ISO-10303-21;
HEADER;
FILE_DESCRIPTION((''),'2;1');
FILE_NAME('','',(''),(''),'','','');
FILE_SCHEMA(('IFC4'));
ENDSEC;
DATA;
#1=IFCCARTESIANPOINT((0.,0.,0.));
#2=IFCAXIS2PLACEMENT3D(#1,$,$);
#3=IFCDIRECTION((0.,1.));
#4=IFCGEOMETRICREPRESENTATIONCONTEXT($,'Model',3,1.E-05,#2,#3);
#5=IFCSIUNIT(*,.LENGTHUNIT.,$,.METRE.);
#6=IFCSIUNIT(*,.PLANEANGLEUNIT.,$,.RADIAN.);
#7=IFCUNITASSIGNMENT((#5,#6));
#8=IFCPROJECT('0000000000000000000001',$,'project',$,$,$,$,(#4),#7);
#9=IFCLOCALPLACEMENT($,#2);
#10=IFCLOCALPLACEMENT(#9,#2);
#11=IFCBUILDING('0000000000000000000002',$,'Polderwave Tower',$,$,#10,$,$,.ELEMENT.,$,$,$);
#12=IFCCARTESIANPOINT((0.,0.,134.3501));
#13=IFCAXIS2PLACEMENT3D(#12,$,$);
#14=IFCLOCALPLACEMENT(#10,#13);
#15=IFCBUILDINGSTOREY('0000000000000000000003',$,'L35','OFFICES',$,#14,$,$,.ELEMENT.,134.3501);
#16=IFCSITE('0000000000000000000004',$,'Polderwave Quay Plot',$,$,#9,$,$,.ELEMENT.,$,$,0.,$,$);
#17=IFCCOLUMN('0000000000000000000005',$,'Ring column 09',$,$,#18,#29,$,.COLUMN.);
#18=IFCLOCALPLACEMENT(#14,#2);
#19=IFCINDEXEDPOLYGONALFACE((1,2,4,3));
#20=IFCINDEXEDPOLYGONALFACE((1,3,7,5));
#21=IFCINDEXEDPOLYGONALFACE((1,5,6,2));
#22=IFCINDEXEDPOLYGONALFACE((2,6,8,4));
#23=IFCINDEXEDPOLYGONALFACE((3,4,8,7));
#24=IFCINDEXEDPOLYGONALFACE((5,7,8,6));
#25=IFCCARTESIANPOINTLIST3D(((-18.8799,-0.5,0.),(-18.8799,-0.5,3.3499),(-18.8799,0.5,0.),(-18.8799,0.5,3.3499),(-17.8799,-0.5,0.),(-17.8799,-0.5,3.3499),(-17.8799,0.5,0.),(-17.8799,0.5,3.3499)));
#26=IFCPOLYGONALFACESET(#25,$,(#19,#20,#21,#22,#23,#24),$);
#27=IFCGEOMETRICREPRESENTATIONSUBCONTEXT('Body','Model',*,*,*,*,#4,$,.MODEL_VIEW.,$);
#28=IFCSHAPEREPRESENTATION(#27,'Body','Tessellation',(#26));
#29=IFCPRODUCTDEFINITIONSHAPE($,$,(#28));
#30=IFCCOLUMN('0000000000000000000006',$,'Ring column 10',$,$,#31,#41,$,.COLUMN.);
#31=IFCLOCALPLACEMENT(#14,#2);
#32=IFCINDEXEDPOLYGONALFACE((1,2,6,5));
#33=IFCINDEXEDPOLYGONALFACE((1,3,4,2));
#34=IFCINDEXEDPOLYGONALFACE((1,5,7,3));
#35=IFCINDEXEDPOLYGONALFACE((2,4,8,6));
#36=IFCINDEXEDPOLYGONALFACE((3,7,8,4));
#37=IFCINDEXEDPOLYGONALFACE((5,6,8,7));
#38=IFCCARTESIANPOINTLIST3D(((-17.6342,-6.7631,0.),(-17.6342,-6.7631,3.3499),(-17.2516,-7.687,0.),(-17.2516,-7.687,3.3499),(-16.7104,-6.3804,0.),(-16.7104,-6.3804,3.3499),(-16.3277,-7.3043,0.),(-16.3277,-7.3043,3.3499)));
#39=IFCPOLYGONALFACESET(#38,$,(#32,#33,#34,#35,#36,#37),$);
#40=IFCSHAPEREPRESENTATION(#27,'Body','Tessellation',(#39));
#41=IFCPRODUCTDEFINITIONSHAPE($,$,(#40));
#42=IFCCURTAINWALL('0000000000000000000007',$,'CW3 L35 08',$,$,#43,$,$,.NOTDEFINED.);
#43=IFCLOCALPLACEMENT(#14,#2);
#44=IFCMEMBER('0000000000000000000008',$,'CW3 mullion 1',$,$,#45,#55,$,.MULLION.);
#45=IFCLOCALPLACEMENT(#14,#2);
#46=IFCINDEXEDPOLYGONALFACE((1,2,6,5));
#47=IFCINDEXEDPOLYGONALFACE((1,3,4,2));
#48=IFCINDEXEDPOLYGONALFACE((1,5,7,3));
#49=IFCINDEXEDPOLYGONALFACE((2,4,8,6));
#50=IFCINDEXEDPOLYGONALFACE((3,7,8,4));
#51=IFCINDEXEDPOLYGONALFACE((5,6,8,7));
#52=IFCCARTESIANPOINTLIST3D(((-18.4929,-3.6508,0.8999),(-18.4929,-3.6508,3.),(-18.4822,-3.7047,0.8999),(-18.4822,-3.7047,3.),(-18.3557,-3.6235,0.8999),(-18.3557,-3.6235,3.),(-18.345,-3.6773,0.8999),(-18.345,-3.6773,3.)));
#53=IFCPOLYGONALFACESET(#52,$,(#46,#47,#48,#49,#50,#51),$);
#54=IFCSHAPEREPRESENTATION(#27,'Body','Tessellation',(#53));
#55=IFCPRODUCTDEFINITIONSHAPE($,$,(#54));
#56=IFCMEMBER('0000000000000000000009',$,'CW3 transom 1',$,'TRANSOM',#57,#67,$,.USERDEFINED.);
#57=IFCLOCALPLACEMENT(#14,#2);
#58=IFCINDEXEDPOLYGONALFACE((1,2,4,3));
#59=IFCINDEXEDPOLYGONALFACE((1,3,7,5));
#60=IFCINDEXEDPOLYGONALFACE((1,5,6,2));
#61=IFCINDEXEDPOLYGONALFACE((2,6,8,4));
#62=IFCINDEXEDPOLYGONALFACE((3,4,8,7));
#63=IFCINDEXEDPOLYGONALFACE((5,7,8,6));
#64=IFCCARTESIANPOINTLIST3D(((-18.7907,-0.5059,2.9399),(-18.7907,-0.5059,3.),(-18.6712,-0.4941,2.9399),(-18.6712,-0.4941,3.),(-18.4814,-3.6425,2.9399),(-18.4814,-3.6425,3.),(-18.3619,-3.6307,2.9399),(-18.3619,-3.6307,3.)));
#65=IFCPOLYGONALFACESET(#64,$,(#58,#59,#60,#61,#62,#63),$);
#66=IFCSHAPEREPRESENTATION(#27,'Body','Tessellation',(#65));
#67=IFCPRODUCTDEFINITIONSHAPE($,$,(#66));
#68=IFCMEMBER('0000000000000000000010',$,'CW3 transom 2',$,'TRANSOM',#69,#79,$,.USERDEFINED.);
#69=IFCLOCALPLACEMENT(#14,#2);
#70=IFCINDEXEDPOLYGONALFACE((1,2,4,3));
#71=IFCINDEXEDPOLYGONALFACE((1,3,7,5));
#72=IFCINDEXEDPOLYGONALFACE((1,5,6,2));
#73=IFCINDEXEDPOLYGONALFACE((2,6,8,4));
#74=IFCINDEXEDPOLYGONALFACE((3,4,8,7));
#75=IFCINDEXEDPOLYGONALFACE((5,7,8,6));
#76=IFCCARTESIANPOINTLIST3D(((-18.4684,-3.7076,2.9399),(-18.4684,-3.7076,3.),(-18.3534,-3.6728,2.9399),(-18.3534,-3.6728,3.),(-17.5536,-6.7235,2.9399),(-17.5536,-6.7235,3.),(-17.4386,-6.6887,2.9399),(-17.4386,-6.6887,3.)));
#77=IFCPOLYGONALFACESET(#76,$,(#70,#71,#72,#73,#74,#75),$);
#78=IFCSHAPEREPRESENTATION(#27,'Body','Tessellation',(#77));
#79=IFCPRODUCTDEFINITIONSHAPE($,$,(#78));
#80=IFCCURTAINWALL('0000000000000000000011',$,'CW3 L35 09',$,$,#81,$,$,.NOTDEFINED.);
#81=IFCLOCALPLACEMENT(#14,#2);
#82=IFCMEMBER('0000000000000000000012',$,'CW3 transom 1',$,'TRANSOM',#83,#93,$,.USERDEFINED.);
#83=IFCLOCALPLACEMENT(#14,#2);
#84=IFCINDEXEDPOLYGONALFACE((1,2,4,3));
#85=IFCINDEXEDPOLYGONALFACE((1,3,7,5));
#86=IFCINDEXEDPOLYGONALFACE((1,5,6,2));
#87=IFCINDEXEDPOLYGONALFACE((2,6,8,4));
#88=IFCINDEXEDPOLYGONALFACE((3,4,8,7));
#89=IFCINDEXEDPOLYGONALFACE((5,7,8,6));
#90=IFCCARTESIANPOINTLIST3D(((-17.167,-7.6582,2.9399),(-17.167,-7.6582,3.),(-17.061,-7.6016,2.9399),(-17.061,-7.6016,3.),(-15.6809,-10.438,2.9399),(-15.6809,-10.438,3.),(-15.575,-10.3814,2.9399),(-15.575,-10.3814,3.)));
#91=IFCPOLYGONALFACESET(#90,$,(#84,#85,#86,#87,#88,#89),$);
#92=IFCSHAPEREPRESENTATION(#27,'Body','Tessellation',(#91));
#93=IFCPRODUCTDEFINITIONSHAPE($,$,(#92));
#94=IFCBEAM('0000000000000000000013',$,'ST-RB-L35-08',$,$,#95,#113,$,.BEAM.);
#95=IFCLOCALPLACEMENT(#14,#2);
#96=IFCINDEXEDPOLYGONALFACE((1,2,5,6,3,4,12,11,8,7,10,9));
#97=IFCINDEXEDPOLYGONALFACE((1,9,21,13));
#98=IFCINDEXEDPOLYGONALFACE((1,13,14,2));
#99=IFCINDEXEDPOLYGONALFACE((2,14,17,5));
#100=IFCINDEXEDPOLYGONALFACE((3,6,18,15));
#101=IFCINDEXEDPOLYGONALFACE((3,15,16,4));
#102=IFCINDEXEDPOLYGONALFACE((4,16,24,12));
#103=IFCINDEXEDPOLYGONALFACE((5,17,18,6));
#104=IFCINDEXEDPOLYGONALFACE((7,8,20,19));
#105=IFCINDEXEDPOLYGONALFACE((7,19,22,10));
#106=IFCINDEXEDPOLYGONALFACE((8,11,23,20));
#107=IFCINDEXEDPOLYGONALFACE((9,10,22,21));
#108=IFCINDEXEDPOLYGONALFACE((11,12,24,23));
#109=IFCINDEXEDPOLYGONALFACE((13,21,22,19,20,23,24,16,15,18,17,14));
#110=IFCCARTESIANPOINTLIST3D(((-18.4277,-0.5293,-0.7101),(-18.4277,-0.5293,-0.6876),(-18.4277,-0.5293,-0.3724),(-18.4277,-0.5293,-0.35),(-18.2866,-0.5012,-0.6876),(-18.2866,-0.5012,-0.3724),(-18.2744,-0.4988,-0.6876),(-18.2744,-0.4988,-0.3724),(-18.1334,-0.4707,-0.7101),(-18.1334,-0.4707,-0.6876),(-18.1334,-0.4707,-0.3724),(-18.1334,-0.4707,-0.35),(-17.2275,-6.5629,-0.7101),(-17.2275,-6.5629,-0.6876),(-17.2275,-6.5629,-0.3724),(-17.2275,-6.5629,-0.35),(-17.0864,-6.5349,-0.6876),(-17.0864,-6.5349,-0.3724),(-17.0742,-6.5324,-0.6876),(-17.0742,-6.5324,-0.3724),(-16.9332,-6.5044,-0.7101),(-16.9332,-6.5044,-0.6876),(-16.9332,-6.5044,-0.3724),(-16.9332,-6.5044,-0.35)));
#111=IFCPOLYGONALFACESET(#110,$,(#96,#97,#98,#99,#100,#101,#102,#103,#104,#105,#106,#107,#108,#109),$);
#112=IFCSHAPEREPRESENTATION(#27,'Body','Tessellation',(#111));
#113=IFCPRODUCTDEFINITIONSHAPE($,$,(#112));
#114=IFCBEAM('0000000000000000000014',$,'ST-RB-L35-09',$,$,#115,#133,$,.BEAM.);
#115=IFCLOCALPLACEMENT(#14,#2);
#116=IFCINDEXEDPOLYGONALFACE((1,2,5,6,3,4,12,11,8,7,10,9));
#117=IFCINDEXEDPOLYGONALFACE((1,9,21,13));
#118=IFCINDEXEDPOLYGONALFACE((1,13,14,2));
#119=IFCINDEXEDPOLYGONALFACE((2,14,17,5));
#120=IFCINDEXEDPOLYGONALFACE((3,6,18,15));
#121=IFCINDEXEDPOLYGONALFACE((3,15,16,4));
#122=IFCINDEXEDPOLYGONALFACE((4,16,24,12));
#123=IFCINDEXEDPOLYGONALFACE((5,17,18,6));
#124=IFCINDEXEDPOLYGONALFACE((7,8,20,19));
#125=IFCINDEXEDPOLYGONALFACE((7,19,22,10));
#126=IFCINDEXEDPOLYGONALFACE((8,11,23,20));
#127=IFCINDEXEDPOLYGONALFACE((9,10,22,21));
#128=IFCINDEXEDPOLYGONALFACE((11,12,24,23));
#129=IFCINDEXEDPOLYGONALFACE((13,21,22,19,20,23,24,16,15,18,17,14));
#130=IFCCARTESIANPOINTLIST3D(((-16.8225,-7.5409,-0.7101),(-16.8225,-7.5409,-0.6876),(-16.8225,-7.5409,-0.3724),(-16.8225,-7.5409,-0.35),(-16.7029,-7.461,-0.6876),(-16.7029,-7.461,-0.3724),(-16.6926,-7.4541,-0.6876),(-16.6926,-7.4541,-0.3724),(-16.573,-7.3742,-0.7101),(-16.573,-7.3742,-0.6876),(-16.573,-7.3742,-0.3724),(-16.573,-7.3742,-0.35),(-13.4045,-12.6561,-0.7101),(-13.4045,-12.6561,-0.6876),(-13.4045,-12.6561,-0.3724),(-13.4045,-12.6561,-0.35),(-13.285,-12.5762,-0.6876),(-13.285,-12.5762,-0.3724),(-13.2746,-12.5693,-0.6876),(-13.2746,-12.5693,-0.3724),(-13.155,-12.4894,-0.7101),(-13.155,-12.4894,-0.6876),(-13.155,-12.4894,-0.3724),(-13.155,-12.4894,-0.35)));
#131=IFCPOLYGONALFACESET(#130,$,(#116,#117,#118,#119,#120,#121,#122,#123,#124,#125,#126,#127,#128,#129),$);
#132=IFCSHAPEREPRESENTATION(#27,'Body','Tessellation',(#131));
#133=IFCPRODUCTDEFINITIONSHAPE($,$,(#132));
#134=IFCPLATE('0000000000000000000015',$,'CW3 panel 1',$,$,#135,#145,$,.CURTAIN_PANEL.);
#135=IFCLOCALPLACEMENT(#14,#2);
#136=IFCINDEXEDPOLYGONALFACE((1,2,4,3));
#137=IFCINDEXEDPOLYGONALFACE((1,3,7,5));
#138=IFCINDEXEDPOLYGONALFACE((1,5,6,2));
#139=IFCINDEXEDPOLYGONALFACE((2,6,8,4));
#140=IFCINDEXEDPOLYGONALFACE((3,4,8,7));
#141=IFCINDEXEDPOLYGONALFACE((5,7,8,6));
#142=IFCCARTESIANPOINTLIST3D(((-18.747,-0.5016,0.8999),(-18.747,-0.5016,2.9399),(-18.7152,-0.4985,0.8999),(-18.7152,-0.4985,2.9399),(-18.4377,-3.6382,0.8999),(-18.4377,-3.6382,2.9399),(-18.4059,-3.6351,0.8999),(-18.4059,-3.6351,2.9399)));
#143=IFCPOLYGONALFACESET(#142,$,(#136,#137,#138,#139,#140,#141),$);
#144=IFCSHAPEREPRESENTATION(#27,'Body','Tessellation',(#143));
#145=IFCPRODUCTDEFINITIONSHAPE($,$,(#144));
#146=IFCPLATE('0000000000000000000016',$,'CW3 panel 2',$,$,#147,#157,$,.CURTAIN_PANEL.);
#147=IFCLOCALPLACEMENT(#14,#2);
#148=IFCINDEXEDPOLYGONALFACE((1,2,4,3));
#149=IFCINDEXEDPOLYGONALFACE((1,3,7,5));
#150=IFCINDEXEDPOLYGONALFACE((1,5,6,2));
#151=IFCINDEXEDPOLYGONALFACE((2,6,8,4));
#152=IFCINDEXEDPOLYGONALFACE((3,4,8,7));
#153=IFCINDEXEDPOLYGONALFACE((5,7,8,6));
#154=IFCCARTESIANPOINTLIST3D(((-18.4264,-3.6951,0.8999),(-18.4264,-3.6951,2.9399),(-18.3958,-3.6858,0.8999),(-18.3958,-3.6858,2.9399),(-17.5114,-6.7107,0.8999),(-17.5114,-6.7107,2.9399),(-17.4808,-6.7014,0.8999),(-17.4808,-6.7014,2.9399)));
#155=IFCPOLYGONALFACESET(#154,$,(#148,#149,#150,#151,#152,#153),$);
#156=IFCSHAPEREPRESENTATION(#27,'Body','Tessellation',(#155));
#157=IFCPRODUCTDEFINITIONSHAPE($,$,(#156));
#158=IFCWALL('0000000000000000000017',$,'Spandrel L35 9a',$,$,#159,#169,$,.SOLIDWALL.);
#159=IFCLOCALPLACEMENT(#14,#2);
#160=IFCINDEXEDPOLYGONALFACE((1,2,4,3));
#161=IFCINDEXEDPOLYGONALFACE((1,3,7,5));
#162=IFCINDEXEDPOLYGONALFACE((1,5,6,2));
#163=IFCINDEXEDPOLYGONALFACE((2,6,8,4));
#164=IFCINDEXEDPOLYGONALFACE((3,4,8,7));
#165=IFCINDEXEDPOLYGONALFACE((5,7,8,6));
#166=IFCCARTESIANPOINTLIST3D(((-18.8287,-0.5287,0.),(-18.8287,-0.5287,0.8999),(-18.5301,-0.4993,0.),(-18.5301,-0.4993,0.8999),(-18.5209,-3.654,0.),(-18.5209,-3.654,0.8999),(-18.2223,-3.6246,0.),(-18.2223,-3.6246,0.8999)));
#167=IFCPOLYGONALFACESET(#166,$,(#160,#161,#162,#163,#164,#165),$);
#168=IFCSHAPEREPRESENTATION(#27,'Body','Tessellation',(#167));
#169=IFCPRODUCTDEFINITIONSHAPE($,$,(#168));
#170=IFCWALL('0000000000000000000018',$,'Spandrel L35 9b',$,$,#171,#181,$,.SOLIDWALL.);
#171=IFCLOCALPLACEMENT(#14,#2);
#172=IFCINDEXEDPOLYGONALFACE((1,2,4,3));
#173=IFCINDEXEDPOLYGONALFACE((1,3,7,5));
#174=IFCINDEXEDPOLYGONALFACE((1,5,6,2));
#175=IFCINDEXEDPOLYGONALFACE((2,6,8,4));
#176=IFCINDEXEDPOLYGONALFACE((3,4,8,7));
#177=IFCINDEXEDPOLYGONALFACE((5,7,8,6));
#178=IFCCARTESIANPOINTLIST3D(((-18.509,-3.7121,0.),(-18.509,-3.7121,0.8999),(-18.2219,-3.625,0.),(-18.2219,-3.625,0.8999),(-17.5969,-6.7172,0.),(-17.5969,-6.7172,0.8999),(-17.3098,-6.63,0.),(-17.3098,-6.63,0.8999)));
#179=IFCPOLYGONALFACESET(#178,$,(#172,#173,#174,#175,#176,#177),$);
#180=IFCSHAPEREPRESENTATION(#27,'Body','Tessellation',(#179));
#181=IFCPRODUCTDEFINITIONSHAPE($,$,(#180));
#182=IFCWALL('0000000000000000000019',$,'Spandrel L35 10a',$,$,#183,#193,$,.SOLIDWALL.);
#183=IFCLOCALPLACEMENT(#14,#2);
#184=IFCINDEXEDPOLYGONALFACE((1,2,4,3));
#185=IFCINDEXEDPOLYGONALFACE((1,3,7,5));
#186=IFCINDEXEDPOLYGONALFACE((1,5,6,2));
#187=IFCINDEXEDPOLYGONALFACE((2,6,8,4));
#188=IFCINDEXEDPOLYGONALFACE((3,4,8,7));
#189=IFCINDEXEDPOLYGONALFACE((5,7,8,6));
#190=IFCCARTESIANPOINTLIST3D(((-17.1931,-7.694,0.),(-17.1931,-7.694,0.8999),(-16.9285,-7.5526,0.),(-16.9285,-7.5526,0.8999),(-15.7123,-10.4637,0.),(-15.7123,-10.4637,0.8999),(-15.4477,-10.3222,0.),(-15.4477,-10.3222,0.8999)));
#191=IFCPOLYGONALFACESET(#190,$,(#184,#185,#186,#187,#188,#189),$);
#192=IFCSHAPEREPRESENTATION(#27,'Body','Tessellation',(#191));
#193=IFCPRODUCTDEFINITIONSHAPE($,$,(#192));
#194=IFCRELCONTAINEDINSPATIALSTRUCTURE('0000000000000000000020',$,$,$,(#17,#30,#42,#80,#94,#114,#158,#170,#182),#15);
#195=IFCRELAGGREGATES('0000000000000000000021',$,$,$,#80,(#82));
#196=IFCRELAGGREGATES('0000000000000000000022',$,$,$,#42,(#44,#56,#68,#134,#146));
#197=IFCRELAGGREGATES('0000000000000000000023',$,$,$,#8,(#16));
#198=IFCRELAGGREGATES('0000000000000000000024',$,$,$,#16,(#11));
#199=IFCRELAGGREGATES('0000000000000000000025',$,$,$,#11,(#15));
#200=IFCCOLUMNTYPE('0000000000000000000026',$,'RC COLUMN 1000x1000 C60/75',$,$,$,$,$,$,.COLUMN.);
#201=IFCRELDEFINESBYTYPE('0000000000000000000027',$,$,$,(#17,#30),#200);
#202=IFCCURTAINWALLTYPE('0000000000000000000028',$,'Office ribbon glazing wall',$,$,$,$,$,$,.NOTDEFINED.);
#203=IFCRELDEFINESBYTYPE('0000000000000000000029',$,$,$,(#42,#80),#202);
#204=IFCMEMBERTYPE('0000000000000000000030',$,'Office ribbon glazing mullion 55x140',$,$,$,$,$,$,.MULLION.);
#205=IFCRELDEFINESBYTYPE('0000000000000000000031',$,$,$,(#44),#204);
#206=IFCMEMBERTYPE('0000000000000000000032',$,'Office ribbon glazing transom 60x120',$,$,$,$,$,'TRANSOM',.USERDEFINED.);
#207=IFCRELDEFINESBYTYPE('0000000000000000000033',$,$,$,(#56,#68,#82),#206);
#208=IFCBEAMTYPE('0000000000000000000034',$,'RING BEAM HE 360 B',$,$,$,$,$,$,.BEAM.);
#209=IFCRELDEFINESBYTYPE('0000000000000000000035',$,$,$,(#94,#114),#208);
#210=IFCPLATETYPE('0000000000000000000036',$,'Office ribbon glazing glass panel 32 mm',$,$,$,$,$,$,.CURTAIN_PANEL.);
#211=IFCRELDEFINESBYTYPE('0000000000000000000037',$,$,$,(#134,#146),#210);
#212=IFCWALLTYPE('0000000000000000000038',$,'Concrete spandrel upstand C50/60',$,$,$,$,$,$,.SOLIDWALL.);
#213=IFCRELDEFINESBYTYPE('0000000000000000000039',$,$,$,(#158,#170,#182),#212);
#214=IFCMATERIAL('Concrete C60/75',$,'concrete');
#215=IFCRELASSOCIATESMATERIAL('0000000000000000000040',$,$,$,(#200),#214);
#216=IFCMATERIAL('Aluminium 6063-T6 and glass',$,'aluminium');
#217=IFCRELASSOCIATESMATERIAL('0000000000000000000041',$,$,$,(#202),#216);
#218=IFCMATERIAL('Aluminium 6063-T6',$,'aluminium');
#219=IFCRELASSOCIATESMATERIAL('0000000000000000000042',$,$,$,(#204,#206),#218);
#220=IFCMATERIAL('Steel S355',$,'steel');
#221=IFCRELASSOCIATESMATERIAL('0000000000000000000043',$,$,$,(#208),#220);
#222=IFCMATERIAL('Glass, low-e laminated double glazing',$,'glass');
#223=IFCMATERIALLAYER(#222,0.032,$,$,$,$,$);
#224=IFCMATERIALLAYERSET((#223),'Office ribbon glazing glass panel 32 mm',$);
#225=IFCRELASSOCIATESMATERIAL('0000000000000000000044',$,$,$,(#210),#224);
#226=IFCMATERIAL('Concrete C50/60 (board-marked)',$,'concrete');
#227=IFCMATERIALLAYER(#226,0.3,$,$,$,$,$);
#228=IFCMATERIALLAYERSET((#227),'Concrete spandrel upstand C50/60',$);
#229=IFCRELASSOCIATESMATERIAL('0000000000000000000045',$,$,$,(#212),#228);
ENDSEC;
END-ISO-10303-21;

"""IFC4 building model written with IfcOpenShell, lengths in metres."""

from ifc_helpers import new_model, si_unit, direction, frame, frame_2d, origin, origin_2d, place, context, subcontext, project, spatial, rectangle, i_section, extrude, material, layer, layer_set, material_profile, profile_set, type_object, element, aggregate, save


model = new_model("IFC4")

# Units and contexts
model_context = context("Model", 3, precision=1e-05, world=origin(), true_north=direction((0.0, 1.0)))
body_context = subcontext(model_context, "Body", "Model", "MODEL_VIEW")
ifc_project = project(units=[si_unit("LENGTHUNIT", "METRE"), si_unit("PLANEANGLEUNIT", "RADIAN")], contexts=[model_context])

# Site, building, storey
site_placement = place(None, origin())
site = spatial("IfcSite", under=ifc_project, at=site_placement, Name="Polderwave Quay Plot", CompositionType="ELEMENT", RefElevation=0.0)
building_placement = place(site_placement, origin())
building = spatial("IfcBuilding", under=site, at=building_placement, Name="Polderwave Tower", CompositionType="ELEMENT")
storey_placement = place(building_placement, frame((0.0, 0.0, 134.3501)))
storey = spatial("IfcBuildingStorey", under=building, at=storey_placement, Name="L35", Description="OFFICES", CompositionType="ELEMENT", Elevation=134.3501)

# Columns
ifc_material_1 = material(Name="Concrete C60/75", Category="concrete")
ifc_material_profile_1 = material_profile(ifc_material_1, rectangle(XDim=1.0, YDim=1.0, at=origin_2d()), Name="RC 1000x1000")
ifc_profile_set_1 = profile_set([ifc_material_profile_1], Name="Concrete C60/75")
column_type = type_object("IfcColumnType", Name="RC COLUMN 1000x1000 C60/75", PredefinedType="COLUMN", material=ifc_profile_set_1)
for number, where, z_axis, x_axis, name in (
    (1, (-18.3799, 0.0, 0.0), (0.0, 0.0, 1.0), (-1.0, 0.0, 0.0), "Ring column 09"),
    (2, (-16.981, -7.0337, 0.0), (0.0, 0.0, 1.0), (-0.92388, -0.382683, 0.0), "Ring column 10"),
):
    element("IfcColumn", number, at=place(storey_placement, frame(where, z_axis=z_axis, x_axis=x_axis)), inside=storey, type_object=column_type, Name=name, PredefinedType="COLUMN", context=body_context, shape_type="SweptSolid", body=[
        extrude(rectangle(XDim=1.0, YDim=1.0, at=origin_2d()), origin(), (0.0, 0.0, 1.0), 3.3499),
    ])

# Curtain wall, members
ifc_material_2 = material(Name="Aluminium 6063-T6 and glass", Category="aluminium")
curtain_wall_type = type_object("IfcCurtainWallType", Name="Office ribbon glazing wall", PredefinedType="NOTDEFINED", material=ifc_material_2)
curtain_wall_1_placement = place(storey_placement, origin())
curtain_wall_1 = element("IfcCurtainWall", 3, at=curtain_wall_1_placement, inside=storey, type_object=curtain_wall_type, Name="CW3 L35 08", PredefinedType="NOTDEFINED")
ifc_material_3 = material(Name="Aluminium 6063-T6", Category="aluminium")
ifc_material_profile_2 = material_profile(ifc_material_3, rectangle(XDim=0.1399, YDim=0.0549, at=origin_2d()), Name="AL 55x140")
ifc_profile_set_2 = profile_set([ifc_material_profile_2], Name="Aluminium 6063-T6")
member_type_1 = type_object("IfcMemberType", Name="Office ribbon glazing mullion 55x140", PredefinedType="MULLION", material=ifc_profile_set_2)
member_1_placement = place(storey_placement, frame((-18.4189, -3.6641, 0.8999), z_axis=(0.0, 0.0, 1.0), x_axis=(0.980768, 0.195179, 0.0)))
member_1 = element("IfcMember", 4, at=member_1_placement, type_object=member_type_1, Name="CW3 mullion 1", PredefinedType="MULLION", context=body_context, shape_type="SweptSolid", body=[
    extrude(rectangle(XDim=0.1399, YDim=0.0549, at=origin_2d()), origin(), (0.0, 0.0, 1.0), 2.1001),
])
ifc_material_profile_3 = material_profile(ifc_material_3, rectangle(XDim=0.1201, YDim=0.0601, at=origin_2d()), Name="AL 60x120")
ifc_profile_set_3 = profile_set([ifc_material_profile_3], Name="Aluminium 6063-T6")
member_type_2 = type_object("IfcMemberType", Name="Office ribbon glazing transom 60x120", ElementType="TRANSOM", PredefinedType="USERDEFINED", material=ifc_profile_set_3)
member_2_placement = place(storey_placement, frame((-18.731, -0.5, 2.97), z_axis=(0.098139, -0.995173, 0.0), x_axis=(0.995173, 0.098139, 0.0)))
member_2 = element("IfcMember", 5, at=member_2_placement, type_object=member_type_2, Name="CW3 transom 1", ObjectType="TRANSOM", PredefinedType="USERDEFINED", context=body_context, shape_type="SweptSolid", body=[
    extrude(rectangle(XDim=0.1201, YDim=0.0601, at=origin_2d()), origin(), (0.0, 0.0, 1.0), 3.1519),
])
member_3_placement = place(storey_placement, frame((-18.4109, -3.6902, 2.97), z_axis=(0.290268, -0.956946, 0.0), x_axis=(0.956946, 0.290268, 0.0)))
member_3 = element("IfcMember", 6, at=member_3_placement, type_object=member_type_2, Name="CW3 transom 2", ObjectType="TRANSOM", PredefinedType="USERDEFINED", context=body_context, shape_type="SweptSolid", body=[
    extrude(rectangle(XDim=0.1201, YDim=0.0601, at=origin_2d()), origin(), (0.0, 0.0, 1.0), 3.1516),
])

# Curtain wall, member
curtain_wall_2_placement = place(storey_placement, origin())
curtain_wall_2 = element("IfcCurtainWall", 7, at=curtain_wall_2_placement, inside=storey, type_object=curtain_wall_type, Name="CW3 L35 09", PredefinedType="NOTDEFINED")
member_4_placement = place(storey_placement, frame((-17.114, -7.6299, 2.97), z_axis=(0.47146, -0.881887, 0.0), x_axis=(0.881887, 0.47146, 0.0)))
member_4 = element("IfcMember", 8, at=member_4_placement, type_object=member_type_2, Name="CW3 transom 1", ObjectType="TRANSOM", PredefinedType="USERDEFINED", context=body_context, shape_type="SweptSolid", body=[
    extrude(rectangle(XDim=0.1201, YDim=0.0601, at=origin_2d()), origin(), (0.0, 0.0, 1.0), 3.1521),
])
aggregate(curtain_wall_2, [member_4])

# Beams
ifc_material_4 = material(Name="Steel S355", Category="steel")
ifc_material_profile_4 = material_profile(ifc_material_4, i_section(OverallWidth=0.3, OverallDepth=0.3601, WebThickness=0.0125, FlangeThickness=0.0225, at=origin_2d()), Name="HE 360 B")
ifc_profile_set_4 = profile_set([ifc_material_profile_4], Name="Steel S355")
beam_type = type_object("IfcBeamType", Name="RING BEAM HE 360 B", PredefinedType="BEAM", material=ifc_profile_set_4)
beam_1_placement = place(storey_placement, frame((-18.2805, -0.5, -0.53), z_axis=(0.195093, -0.980785, 0.0), x_axis=(0.980785, 0.195093, 0.0)))
element("IfcBeam", 9, at=beam_1_placement, inside=storey, type_object=beam_type, Name="ST-RB-L35-08", PredefinedType="BEAM", context=body_context, shape_type="SweptSolid", body=[
    extrude(i_section(OverallWidth=0.3, OverallDepth=0.3601, WebThickness=0.0125, FlangeThickness=0.0225, at=origin_2d()), origin(), (0.0, 0.0, 1.0), 6.1519),
])
beam_2_placement = place(storey_placement, frame((-16.6978, -7.4575, -0.53), z_axis=(0.555579, -0.831464, 0.0), x_axis=(0.831464, 0.555579, 0.0)))
element("IfcBeam", 10, at=beam_2_placement, inside=storey, type_object=beam_type, Name="ST-RB-L35-09", PredefinedType="BEAM", context=body_context, shape_type="SweptSolid", body=[
    extrude(i_section(OverallWidth=0.3, OverallDepth=0.3601, WebThickness=0.0125, FlangeThickness=0.0225, at=origin_2d()), origin(), (0.0, 0.0, 1.0), 6.1521),
])

# Plates
ifc_material_5 = material(Name="Glass, low-e laminated double glazing", Category="glass")
ifc_layer_1 = layer(ifc_material_5, 0.032)
ifc_layer_set_1 = layer_set([ifc_layer_1], Name="Office ribbon glazing glass panel 32 mm")
plate_type = type_object("IfcPlateType", Name="Office ribbon glazing glass panel 32 mm", PredefinedType="CURTAIN_PANEL", material=ifc_layer_set_1)
plate_1_placement = place(storey_placement, frame((-18.5764, -2.0684, 0.8999), z_axis=(0.0, 0.0, 1.0), x_axis=(0.098134, -0.995173, 0.0)))
plate_1 = element("IfcPlate", 11, at=plate_1_placement, type_object=plate_type, Name="CW3 panel 1", PredefinedType="CURTAIN_PANEL", context=body_context, shape_type="SweptSolid", body=[
    extrude(rectangle(XDim=3.1519, YDim=0.032, at=origin_2d()), origin(), (0.0, 0.0, 1.0), 2.04),
])
plate_2_placement = place(storey_placement, frame((-17.9536, -5.1982, 0.8999), z_axis=(0.0, 0.0, 1.0), x_axis=(0.290348, -0.956921, 0.0)))
plate_2 = element("IfcPlate", 12, at=plate_2_placement, type_object=plate_type, Name="CW3 panel 2", PredefinedType="CURTAIN_PANEL", context=body_context, shape_type="SweptSolid", body=[
    extrude(rectangle(XDim=3.1514, YDim=0.032, at=origin_2d()), origin(), (0.0, 0.0, 1.0), 2.04),
])
aggregate(curtain_wall_1, [member_1, member_2, member_3, plate_1, plate_2])

# Walls
ifc_material_6 = material(Name="Concrete C50/60 (board-marked)", Category="concrete")
ifc_layer_2 = layer(ifc_material_6, 0.3)
ifc_layer_set_2 = layer_set([ifc_layer_2], Name="Concrete spandrel upstand C50/60")
wall_type_1 = type_object("IfcWallType", Name="Concrete spandrel upstand C50/60", PredefinedType="SOLIDWALL", material=ifc_layer_set_2)
for number, where, z_axis, x_axis, name in (
    (13, (-18.6794, -0.5139, 0.0), (0.0, 0.0, 1.0), (0.098033, -0.995183, 0.0), "Spandrel L35 9a"),
    (14, (-18.3655, -3.6685, 0.0), (0.0, 0.0, 1.0), (0.290435, -0.956895, 0.0), "Spandrel L35 9b"),
):
    element("IfcWall", number, at=place(storey_placement, frame(where, z_axis=z_axis, x_axis=x_axis)), inside=storey, type_object=wall_type_1, Name=name, PredefinedType="SOLIDWALL", context=body_context, shape_type="SweptSolid", body=[
        extrude(rectangle(XDim=3.1404, YDim=0.3, at=frame_2d((1.5703, 0.0))), origin(), (0.0, 0.0, 1.0), 0.8999),
    ])
wall_1_placement = place(storey_placement, frame((-17.0608, -7.6233, 0.0), z_axis=(0.0, 0.0, 1.0), x_axis=(0.471488, -0.881873, 0.0)))
element("IfcWall", 15, at=wall_1_placement, inside=storey, type_object=wall_type_1, Name="Spandrel L35 10a", PredefinedType="SOLIDWALL", context=body_context, shape_type="SweptSolid", body=[
    extrude(rectangle(XDim=3.1406, YDim=0.3, at=frame_2d((1.5703, 0.0))), origin(), (0.0, 0.0, 1.0), 0.8999),
])

save(model, "model.ifc")
